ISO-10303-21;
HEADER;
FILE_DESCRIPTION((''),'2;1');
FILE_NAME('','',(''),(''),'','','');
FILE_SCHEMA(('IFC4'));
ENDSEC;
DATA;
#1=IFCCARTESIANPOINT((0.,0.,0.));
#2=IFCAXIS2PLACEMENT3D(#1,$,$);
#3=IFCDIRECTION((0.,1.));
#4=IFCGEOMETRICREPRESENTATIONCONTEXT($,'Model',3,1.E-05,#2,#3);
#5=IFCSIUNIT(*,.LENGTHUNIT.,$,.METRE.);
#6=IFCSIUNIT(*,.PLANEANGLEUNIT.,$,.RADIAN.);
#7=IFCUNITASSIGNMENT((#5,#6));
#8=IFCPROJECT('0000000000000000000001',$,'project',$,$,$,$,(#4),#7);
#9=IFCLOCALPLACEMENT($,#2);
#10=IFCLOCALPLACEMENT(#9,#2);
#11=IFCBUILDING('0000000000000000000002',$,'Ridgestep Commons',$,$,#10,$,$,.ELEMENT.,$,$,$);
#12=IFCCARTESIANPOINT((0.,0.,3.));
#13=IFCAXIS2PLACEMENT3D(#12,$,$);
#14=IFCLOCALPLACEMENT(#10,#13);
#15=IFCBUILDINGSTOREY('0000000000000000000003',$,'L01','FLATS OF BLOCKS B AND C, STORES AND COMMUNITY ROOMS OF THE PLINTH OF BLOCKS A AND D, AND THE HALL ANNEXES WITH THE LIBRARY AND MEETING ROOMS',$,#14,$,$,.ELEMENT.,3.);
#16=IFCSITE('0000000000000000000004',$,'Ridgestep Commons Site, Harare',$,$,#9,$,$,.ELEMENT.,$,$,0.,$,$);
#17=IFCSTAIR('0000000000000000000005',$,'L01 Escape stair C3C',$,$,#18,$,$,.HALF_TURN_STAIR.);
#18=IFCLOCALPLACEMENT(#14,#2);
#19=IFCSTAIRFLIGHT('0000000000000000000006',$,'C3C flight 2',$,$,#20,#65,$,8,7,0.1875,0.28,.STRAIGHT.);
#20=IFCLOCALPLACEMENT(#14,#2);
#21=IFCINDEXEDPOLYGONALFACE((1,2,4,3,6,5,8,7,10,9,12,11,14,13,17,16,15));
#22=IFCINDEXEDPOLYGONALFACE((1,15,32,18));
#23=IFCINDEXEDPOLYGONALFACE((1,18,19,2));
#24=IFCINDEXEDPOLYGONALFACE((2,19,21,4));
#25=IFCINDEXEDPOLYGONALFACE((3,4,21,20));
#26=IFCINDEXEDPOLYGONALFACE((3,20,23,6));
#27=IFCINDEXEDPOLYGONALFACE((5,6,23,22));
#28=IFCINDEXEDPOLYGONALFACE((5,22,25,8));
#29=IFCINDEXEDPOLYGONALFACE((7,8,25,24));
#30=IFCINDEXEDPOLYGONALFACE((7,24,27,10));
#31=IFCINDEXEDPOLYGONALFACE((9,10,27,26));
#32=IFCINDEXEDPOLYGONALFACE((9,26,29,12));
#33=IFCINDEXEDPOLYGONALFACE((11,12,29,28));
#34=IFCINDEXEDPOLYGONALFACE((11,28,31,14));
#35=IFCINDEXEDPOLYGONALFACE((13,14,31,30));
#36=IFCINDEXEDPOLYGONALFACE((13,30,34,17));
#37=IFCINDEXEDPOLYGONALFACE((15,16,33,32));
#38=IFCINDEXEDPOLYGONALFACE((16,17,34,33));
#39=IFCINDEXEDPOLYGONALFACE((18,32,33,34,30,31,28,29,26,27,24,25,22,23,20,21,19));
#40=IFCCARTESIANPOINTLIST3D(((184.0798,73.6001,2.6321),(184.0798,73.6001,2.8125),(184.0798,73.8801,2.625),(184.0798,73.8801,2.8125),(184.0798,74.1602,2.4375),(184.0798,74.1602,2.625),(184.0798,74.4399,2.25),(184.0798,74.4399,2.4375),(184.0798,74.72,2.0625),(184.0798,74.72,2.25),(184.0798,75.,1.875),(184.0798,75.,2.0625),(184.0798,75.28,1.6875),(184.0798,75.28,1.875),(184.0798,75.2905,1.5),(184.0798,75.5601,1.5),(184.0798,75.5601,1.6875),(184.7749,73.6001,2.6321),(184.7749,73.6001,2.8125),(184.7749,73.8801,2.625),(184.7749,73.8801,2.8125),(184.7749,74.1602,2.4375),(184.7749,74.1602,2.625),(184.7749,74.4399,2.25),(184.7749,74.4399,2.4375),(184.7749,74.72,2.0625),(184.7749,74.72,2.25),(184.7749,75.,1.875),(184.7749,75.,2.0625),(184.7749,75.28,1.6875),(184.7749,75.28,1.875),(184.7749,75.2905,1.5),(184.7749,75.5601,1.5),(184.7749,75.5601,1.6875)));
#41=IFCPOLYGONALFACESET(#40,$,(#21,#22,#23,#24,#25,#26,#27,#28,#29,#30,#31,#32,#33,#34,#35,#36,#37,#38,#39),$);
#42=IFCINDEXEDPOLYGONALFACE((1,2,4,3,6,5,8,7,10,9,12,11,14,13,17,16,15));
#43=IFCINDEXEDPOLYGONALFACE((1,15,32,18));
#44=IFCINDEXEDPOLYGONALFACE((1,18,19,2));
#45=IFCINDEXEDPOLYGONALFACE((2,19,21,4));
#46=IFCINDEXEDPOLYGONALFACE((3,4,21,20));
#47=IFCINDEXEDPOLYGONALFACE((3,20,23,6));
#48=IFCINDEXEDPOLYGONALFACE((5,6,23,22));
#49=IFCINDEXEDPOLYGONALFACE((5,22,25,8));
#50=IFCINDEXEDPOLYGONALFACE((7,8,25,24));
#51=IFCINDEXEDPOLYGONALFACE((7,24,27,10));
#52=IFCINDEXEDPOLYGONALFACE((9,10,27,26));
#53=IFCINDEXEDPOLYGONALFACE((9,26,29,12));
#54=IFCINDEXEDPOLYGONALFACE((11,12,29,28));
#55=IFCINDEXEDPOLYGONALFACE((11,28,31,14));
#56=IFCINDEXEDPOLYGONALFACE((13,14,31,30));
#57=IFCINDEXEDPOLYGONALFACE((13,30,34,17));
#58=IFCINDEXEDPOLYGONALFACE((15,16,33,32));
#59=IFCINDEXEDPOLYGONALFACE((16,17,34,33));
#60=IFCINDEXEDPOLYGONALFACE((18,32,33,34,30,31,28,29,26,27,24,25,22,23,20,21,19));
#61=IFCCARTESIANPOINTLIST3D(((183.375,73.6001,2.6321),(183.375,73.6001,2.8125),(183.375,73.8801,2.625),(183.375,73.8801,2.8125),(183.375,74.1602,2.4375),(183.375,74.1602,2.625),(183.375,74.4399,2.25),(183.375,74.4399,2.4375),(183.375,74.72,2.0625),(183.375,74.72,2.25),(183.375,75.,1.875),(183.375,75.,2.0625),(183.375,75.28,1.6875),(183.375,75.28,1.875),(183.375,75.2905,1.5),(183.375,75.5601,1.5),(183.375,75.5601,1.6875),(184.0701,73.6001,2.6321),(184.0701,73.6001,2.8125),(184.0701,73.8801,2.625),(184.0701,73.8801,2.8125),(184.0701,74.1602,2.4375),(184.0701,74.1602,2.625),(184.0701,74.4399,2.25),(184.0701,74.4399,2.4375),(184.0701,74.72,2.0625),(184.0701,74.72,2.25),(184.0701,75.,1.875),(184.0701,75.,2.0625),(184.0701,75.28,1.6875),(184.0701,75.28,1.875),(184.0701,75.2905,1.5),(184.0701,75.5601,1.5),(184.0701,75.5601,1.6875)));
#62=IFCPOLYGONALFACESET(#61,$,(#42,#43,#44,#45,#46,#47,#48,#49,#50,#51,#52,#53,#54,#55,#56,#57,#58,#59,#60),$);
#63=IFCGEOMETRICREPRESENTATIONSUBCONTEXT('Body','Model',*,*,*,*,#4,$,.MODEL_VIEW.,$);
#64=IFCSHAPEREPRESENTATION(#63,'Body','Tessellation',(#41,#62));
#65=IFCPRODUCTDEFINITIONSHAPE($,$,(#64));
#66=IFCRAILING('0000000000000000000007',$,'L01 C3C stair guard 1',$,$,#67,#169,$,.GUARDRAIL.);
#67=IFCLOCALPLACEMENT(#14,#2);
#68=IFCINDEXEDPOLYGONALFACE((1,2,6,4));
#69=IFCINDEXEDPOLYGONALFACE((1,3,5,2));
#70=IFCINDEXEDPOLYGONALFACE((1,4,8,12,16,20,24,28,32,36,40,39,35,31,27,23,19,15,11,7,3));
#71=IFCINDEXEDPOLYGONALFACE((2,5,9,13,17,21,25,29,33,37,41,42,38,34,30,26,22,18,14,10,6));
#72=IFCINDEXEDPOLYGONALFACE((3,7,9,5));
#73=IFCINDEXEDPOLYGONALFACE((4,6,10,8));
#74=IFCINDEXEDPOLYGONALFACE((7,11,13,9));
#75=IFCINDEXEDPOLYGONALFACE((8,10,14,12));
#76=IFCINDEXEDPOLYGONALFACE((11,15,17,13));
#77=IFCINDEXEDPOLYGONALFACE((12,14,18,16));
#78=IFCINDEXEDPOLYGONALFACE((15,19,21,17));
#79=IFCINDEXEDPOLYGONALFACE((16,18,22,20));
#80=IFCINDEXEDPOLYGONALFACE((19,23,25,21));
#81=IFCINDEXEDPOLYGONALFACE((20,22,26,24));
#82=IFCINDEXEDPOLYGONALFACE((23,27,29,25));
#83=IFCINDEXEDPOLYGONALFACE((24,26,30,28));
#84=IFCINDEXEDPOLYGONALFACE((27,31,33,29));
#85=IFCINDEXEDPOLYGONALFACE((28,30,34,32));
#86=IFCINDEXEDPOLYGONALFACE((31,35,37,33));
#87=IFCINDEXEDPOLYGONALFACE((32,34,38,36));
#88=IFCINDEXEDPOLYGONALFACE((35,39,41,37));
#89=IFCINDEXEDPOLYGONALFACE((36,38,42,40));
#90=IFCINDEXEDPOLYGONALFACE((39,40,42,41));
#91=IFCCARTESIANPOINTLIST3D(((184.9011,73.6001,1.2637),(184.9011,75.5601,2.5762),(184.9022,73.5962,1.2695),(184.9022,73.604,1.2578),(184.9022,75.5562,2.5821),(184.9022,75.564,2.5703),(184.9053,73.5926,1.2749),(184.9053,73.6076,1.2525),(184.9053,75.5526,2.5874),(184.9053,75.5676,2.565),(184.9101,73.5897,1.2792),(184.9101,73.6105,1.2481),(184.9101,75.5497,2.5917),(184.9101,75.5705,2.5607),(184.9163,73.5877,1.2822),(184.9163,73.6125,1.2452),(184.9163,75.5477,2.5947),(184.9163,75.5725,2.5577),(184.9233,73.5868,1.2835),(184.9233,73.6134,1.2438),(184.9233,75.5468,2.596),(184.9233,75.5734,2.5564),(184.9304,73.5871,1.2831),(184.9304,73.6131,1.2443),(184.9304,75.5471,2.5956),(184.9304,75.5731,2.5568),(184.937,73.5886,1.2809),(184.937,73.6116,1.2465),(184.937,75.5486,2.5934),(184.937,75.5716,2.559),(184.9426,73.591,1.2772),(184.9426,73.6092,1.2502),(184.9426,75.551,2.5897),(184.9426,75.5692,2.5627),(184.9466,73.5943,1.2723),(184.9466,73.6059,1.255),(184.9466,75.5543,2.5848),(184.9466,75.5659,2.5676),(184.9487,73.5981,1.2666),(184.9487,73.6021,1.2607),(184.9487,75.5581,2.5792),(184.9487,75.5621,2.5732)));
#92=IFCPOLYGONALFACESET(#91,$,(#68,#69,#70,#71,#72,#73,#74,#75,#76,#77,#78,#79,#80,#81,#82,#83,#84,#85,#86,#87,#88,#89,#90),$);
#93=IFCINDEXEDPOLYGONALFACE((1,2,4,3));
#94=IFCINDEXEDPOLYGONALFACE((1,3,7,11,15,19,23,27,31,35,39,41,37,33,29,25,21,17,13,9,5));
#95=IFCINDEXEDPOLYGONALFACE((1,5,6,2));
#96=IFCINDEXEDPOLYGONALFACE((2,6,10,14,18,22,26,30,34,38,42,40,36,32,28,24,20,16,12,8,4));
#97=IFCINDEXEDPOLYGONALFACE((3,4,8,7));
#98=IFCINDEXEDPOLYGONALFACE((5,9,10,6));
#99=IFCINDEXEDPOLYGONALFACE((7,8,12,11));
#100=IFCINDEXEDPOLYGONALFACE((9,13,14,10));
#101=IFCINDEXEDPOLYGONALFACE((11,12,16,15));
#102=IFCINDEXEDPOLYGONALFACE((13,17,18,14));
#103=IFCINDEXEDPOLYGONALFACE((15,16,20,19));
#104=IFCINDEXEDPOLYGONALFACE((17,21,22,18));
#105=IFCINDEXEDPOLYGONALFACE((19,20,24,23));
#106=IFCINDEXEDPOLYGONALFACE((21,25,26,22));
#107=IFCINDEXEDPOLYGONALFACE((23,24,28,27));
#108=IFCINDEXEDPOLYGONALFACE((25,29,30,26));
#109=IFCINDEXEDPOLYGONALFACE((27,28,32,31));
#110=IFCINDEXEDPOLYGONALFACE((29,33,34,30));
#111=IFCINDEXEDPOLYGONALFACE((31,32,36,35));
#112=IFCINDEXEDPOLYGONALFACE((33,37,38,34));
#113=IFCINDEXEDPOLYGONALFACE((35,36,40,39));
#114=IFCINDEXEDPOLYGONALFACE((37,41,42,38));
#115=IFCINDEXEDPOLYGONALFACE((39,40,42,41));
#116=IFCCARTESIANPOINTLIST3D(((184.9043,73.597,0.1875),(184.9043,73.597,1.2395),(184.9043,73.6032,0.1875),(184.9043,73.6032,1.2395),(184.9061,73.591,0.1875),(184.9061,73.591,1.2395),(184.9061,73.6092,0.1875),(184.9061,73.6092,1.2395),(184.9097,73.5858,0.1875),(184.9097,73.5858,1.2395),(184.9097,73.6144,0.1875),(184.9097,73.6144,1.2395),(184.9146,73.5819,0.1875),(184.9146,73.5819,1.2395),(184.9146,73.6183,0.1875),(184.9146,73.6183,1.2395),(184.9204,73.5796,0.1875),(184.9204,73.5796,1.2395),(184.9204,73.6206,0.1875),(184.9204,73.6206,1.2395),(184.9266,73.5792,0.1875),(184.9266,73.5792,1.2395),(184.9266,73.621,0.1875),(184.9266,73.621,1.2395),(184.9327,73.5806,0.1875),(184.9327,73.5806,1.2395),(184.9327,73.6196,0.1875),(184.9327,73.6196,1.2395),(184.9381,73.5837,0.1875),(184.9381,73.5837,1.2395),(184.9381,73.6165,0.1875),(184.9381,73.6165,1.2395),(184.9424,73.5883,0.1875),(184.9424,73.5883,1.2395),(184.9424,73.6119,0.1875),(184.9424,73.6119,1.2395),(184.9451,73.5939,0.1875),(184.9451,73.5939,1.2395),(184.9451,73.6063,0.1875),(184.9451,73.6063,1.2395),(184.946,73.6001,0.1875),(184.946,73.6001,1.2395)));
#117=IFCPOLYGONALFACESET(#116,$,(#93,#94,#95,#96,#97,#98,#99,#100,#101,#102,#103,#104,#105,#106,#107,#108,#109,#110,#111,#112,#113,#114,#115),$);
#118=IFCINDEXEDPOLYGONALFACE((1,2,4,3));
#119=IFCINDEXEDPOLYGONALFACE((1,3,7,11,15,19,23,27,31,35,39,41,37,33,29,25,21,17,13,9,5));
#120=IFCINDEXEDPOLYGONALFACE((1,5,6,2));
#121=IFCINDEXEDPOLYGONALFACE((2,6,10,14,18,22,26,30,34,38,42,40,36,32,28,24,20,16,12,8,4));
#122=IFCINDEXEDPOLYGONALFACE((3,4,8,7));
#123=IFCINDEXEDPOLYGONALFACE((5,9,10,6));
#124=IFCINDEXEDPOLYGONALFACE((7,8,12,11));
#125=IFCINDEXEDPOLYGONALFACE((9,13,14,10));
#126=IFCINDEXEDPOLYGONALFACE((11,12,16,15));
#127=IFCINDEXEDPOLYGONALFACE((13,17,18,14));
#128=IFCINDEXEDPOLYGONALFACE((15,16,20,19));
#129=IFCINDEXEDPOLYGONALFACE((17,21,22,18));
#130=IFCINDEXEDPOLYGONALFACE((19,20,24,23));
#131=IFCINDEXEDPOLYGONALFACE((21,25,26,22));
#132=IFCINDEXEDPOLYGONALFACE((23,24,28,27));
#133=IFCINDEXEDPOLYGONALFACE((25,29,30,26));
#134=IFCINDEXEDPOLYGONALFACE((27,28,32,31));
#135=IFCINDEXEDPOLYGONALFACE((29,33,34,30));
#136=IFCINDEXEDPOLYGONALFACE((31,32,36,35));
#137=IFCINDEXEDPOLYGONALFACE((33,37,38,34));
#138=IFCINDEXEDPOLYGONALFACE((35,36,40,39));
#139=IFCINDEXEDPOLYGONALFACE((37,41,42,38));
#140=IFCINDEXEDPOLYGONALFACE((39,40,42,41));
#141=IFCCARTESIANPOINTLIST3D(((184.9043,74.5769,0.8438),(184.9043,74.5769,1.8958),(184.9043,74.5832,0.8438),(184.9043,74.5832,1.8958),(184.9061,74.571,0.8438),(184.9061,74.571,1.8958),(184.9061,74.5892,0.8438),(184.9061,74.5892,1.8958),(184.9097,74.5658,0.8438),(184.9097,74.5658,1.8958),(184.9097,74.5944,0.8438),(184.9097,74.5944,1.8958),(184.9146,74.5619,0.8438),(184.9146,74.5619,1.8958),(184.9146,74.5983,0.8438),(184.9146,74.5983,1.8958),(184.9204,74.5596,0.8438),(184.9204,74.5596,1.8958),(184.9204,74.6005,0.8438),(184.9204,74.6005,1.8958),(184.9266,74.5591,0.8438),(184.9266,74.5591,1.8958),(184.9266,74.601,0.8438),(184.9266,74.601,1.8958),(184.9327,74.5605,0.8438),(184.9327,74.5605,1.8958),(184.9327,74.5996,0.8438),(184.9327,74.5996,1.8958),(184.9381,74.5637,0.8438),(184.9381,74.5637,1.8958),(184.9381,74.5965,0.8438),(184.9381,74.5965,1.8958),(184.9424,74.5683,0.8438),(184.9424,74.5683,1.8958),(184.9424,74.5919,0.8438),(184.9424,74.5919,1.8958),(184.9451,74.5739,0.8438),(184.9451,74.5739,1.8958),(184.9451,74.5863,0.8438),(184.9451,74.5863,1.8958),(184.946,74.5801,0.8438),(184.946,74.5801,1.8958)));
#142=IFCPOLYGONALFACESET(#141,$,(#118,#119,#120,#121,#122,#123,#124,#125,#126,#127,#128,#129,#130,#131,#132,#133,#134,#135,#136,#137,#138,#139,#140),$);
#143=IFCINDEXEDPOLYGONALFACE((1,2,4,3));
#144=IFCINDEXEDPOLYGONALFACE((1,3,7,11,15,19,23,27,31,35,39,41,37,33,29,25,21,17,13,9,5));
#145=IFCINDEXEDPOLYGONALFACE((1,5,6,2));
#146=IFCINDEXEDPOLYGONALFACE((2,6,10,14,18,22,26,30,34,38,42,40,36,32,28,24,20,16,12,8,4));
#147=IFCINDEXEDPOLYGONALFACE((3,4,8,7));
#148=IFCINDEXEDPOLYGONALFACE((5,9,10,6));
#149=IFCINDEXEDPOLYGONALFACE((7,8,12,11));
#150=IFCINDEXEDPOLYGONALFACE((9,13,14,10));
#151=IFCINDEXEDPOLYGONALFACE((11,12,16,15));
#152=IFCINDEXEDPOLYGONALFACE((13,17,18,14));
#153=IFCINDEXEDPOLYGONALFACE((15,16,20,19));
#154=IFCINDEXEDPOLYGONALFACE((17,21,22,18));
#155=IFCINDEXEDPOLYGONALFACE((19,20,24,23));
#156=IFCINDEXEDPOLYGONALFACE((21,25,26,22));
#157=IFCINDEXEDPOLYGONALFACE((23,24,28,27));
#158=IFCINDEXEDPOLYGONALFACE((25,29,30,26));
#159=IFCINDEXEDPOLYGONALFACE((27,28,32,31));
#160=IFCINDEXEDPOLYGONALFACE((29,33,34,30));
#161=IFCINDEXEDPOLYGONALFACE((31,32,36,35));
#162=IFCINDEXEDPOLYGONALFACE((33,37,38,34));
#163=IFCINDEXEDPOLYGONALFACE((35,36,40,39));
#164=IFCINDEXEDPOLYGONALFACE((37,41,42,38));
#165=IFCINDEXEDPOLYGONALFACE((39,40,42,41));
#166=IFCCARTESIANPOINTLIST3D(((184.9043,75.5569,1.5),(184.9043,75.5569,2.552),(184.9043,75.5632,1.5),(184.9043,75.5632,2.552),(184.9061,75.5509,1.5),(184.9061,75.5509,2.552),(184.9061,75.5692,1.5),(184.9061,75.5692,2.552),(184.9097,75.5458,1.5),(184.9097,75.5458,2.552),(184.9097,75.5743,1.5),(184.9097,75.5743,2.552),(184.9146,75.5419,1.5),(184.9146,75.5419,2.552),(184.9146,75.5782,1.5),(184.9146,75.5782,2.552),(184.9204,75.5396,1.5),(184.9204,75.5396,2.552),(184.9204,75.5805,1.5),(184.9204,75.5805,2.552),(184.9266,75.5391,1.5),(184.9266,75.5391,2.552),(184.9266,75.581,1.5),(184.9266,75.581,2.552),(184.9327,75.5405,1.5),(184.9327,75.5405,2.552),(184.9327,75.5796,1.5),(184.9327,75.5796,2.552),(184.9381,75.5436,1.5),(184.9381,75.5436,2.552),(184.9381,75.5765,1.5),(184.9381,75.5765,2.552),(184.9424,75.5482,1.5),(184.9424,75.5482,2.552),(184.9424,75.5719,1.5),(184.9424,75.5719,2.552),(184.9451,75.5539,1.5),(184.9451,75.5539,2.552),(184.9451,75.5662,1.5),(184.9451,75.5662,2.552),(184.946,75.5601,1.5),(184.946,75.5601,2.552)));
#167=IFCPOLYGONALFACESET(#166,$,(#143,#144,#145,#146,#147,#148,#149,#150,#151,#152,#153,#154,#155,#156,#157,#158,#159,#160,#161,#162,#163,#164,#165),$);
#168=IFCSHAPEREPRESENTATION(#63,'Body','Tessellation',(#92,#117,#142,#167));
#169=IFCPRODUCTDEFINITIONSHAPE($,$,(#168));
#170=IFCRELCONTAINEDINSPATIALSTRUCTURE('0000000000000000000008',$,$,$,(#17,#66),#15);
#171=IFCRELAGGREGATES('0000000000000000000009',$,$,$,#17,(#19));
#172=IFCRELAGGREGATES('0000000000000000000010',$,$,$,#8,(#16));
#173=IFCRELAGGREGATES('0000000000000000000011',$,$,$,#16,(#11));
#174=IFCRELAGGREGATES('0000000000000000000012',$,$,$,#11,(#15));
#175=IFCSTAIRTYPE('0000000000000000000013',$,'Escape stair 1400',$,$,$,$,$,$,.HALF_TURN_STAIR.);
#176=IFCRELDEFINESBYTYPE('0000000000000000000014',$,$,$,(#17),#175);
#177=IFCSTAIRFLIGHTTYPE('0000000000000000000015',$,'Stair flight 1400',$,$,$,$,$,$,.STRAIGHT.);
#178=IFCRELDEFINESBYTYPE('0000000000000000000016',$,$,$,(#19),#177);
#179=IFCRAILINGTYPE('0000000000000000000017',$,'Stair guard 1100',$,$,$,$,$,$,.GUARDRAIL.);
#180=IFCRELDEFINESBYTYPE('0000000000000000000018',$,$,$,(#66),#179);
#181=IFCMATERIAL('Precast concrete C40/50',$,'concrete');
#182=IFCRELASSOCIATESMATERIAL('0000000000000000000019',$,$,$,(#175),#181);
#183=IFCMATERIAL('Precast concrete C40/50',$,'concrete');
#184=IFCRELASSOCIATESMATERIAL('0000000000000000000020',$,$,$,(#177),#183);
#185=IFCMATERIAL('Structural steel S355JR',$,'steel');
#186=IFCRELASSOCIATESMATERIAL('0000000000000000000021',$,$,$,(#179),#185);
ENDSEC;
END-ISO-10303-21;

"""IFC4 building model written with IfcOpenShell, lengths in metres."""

from ifc_helpers import new_model, si_unit, direction, frame, origin, origin_2d, place, context, subcontext, project, spatial, polyline, circle, outline, extrude, material, type_object, element, aggregate, save


model = new_model("IFC4")

# Units and contexts
model_context = context("Model", 3, precision=1e-05, world=origin(), true_north=direction((0.0, 1.0)))
body_context = subcontext(model_context, "Body", "Model", "MODEL_VIEW")
ifc_project = project(units=[si_unit("LENGTHUNIT", "METRE"), si_unit("PLANEANGLEUNIT", "RADIAN")], contexts=[model_context])

# Site, building, storey
site_placement = place(None, origin())
site = spatial("IfcSite", under=ifc_project, at=site_placement, Name="Ridgestep Commons Site, Harare", CompositionType="ELEMENT", RefElevation=0.0)
building_placement = place(site_placement, origin())
building = spatial("IfcBuilding", under=site, at=building_placement, Name="Ridgestep Commons", CompositionType="ELEMENT")
storey_placement = place(building_placement, frame((0.0, 0.0, 3.0)))
storey = spatial("IfcBuildingStorey", under=building, at=storey_placement, Name="L01", Description="FLATS OF BLOCKS B AND C, STORES AND COMMUNITY ROOMS OF THE PLINTH OF BLOCKS A AND D, AND THE HALL ANNEXES WITH THE LIBRARY AND MEETING ROOMS", CompositionType="ELEMENT", Elevation=3.0)

# Stair, stair flight
ifc_material_1 = material(Name="Precast concrete C40/50", Category="concrete")
stair_type = type_object("IfcStairType", Name="Escape stair 1400", PredefinedType="HALF_TURN_STAIR", material=ifc_material_1)
stair_placement = place(storey_placement, origin())
stair = element("IfcStair", 1, at=stair_placement, inside=storey, type_object=stair_type, Name="L01 Escape stair C3C", PredefinedType="HALF_TURN_STAIR")
ifc_material_2 = material(Name="Precast concrete C40/50", Category="concrete")
stair_flight_type = type_object("IfcStairFlightType", Name="Stair flight 1400", PredefinedType="STRAIGHT", material=ifc_material_2)
stair_flight_1_placement = place(storey_placement, frame((184.075, 75.5601, 1.5), z_axis=(0.0, 0.0, 1.0), x_axis=(0.0, -1.0, 0.0)))
stair_flight_1 = element("IfcStairFlight", 2, at=stair_flight_1_placement, type_object=stair_flight_type, Name="C3C flight 2", NumberOfRisers=8, NumberOfTreads=7, PredefinedType="STRAIGHT", RiserHeight=0.1875, TreadLength=0.28, context=body_context, shape_type="SweptSolid", body=[
    extrude(outline(polyline([(0.0, 0.0), (0.0, 0.1875), (0.28, 0.1875), (0.28, 0.375), (0.5601, 0.375), (0.5601, 0.5625), (0.8401, 0.5625), (0.8401, 0.75), (1.1201, 0.75), (1.1201, 0.9375), (1.3999, 0.9375), (1.3999, 1.125), (1.6799, 1.125), (1.6799, 1.3125), (1.96, 1.3125), (1.96, 1.5), (1.96, 1.1321), (0.2695, 0.0), (0.0, 0.0)])), frame((0.0, 0.7, 0.0), z_axis=(0.0, -1.0, 0.0), x_axis=(1.0, 0.0, 0.0)), (0.0, 0.0, 1.0), 0.6951),
    extrude(outline(polyline([(0.0, 0.0), (0.0, 0.1875), (0.28, 0.1875), (0.28, 0.375), (0.5601, 0.375), (0.5601, 0.5625), (0.8401, 0.5625), (0.8401, 0.75), (1.1201, 0.75), (1.1201, 0.9375), (1.3999, 0.9375), (1.3999, 1.125), (1.6799, 1.125), (1.6799, 1.3125), (1.96, 1.3125), (1.96, 1.5), (1.96, 1.1321), (0.2695, 0.0), (0.0, 0.0)])), frame((0.0, -0.0049, 0.0), z_axis=(0.0, -1.0, 0.0), x_axis=(1.0, 0.0, 0.0)), (0.0, 0.0, 1.0), 0.6951),
])
aggregate(stair, [stair_flight_1])

# Railing
ifc_material_3 = material(Name="Structural steel S355JR", Category="steel")
railing_type_1 = type_object("IfcRailingType", Name="Stair guard 1100", PredefinedType="GUARDRAIL", material=ifc_material_3)
railing_1_placement = place(storey_placement, frame((184.925, 73.6001, 0.1875)))
element("IfcRailing", 3, at=railing_1_placement, inside=storey, type_object=railing_type_1, Name="L01 C3C stair guard 1", PredefinedType="GUARDRAIL", context=body_context, shape_type="SweptSolid", body=[
    extrude(circle(Radius=0.0239, at=origin_2d()), frame((0.0, 0.0, 1.0762), z_axis=(0.0, 0.830902, 0.556419), x_axis=(-1.0, 0.0, 0.0)), (0.0, 0.0, 1.0), 2.3589),
    extrude(circle(Radius=0.021, at=origin_2d()), origin(), (0.0, 0.0, 1.0), 1.052),
    extrude(circle(Radius=0.021, at=origin_2d()), frame((0.0, 0.98, 0.6562)), (0.0, 0.0, 1.0), 1.052),
    extrude(circle(Radius=0.021, at=origin_2d()), frame((0.0, 1.96, 1.3125)), (0.0, 0.0, 1.0), 1.052),
])

save(model, "model.ifc")
